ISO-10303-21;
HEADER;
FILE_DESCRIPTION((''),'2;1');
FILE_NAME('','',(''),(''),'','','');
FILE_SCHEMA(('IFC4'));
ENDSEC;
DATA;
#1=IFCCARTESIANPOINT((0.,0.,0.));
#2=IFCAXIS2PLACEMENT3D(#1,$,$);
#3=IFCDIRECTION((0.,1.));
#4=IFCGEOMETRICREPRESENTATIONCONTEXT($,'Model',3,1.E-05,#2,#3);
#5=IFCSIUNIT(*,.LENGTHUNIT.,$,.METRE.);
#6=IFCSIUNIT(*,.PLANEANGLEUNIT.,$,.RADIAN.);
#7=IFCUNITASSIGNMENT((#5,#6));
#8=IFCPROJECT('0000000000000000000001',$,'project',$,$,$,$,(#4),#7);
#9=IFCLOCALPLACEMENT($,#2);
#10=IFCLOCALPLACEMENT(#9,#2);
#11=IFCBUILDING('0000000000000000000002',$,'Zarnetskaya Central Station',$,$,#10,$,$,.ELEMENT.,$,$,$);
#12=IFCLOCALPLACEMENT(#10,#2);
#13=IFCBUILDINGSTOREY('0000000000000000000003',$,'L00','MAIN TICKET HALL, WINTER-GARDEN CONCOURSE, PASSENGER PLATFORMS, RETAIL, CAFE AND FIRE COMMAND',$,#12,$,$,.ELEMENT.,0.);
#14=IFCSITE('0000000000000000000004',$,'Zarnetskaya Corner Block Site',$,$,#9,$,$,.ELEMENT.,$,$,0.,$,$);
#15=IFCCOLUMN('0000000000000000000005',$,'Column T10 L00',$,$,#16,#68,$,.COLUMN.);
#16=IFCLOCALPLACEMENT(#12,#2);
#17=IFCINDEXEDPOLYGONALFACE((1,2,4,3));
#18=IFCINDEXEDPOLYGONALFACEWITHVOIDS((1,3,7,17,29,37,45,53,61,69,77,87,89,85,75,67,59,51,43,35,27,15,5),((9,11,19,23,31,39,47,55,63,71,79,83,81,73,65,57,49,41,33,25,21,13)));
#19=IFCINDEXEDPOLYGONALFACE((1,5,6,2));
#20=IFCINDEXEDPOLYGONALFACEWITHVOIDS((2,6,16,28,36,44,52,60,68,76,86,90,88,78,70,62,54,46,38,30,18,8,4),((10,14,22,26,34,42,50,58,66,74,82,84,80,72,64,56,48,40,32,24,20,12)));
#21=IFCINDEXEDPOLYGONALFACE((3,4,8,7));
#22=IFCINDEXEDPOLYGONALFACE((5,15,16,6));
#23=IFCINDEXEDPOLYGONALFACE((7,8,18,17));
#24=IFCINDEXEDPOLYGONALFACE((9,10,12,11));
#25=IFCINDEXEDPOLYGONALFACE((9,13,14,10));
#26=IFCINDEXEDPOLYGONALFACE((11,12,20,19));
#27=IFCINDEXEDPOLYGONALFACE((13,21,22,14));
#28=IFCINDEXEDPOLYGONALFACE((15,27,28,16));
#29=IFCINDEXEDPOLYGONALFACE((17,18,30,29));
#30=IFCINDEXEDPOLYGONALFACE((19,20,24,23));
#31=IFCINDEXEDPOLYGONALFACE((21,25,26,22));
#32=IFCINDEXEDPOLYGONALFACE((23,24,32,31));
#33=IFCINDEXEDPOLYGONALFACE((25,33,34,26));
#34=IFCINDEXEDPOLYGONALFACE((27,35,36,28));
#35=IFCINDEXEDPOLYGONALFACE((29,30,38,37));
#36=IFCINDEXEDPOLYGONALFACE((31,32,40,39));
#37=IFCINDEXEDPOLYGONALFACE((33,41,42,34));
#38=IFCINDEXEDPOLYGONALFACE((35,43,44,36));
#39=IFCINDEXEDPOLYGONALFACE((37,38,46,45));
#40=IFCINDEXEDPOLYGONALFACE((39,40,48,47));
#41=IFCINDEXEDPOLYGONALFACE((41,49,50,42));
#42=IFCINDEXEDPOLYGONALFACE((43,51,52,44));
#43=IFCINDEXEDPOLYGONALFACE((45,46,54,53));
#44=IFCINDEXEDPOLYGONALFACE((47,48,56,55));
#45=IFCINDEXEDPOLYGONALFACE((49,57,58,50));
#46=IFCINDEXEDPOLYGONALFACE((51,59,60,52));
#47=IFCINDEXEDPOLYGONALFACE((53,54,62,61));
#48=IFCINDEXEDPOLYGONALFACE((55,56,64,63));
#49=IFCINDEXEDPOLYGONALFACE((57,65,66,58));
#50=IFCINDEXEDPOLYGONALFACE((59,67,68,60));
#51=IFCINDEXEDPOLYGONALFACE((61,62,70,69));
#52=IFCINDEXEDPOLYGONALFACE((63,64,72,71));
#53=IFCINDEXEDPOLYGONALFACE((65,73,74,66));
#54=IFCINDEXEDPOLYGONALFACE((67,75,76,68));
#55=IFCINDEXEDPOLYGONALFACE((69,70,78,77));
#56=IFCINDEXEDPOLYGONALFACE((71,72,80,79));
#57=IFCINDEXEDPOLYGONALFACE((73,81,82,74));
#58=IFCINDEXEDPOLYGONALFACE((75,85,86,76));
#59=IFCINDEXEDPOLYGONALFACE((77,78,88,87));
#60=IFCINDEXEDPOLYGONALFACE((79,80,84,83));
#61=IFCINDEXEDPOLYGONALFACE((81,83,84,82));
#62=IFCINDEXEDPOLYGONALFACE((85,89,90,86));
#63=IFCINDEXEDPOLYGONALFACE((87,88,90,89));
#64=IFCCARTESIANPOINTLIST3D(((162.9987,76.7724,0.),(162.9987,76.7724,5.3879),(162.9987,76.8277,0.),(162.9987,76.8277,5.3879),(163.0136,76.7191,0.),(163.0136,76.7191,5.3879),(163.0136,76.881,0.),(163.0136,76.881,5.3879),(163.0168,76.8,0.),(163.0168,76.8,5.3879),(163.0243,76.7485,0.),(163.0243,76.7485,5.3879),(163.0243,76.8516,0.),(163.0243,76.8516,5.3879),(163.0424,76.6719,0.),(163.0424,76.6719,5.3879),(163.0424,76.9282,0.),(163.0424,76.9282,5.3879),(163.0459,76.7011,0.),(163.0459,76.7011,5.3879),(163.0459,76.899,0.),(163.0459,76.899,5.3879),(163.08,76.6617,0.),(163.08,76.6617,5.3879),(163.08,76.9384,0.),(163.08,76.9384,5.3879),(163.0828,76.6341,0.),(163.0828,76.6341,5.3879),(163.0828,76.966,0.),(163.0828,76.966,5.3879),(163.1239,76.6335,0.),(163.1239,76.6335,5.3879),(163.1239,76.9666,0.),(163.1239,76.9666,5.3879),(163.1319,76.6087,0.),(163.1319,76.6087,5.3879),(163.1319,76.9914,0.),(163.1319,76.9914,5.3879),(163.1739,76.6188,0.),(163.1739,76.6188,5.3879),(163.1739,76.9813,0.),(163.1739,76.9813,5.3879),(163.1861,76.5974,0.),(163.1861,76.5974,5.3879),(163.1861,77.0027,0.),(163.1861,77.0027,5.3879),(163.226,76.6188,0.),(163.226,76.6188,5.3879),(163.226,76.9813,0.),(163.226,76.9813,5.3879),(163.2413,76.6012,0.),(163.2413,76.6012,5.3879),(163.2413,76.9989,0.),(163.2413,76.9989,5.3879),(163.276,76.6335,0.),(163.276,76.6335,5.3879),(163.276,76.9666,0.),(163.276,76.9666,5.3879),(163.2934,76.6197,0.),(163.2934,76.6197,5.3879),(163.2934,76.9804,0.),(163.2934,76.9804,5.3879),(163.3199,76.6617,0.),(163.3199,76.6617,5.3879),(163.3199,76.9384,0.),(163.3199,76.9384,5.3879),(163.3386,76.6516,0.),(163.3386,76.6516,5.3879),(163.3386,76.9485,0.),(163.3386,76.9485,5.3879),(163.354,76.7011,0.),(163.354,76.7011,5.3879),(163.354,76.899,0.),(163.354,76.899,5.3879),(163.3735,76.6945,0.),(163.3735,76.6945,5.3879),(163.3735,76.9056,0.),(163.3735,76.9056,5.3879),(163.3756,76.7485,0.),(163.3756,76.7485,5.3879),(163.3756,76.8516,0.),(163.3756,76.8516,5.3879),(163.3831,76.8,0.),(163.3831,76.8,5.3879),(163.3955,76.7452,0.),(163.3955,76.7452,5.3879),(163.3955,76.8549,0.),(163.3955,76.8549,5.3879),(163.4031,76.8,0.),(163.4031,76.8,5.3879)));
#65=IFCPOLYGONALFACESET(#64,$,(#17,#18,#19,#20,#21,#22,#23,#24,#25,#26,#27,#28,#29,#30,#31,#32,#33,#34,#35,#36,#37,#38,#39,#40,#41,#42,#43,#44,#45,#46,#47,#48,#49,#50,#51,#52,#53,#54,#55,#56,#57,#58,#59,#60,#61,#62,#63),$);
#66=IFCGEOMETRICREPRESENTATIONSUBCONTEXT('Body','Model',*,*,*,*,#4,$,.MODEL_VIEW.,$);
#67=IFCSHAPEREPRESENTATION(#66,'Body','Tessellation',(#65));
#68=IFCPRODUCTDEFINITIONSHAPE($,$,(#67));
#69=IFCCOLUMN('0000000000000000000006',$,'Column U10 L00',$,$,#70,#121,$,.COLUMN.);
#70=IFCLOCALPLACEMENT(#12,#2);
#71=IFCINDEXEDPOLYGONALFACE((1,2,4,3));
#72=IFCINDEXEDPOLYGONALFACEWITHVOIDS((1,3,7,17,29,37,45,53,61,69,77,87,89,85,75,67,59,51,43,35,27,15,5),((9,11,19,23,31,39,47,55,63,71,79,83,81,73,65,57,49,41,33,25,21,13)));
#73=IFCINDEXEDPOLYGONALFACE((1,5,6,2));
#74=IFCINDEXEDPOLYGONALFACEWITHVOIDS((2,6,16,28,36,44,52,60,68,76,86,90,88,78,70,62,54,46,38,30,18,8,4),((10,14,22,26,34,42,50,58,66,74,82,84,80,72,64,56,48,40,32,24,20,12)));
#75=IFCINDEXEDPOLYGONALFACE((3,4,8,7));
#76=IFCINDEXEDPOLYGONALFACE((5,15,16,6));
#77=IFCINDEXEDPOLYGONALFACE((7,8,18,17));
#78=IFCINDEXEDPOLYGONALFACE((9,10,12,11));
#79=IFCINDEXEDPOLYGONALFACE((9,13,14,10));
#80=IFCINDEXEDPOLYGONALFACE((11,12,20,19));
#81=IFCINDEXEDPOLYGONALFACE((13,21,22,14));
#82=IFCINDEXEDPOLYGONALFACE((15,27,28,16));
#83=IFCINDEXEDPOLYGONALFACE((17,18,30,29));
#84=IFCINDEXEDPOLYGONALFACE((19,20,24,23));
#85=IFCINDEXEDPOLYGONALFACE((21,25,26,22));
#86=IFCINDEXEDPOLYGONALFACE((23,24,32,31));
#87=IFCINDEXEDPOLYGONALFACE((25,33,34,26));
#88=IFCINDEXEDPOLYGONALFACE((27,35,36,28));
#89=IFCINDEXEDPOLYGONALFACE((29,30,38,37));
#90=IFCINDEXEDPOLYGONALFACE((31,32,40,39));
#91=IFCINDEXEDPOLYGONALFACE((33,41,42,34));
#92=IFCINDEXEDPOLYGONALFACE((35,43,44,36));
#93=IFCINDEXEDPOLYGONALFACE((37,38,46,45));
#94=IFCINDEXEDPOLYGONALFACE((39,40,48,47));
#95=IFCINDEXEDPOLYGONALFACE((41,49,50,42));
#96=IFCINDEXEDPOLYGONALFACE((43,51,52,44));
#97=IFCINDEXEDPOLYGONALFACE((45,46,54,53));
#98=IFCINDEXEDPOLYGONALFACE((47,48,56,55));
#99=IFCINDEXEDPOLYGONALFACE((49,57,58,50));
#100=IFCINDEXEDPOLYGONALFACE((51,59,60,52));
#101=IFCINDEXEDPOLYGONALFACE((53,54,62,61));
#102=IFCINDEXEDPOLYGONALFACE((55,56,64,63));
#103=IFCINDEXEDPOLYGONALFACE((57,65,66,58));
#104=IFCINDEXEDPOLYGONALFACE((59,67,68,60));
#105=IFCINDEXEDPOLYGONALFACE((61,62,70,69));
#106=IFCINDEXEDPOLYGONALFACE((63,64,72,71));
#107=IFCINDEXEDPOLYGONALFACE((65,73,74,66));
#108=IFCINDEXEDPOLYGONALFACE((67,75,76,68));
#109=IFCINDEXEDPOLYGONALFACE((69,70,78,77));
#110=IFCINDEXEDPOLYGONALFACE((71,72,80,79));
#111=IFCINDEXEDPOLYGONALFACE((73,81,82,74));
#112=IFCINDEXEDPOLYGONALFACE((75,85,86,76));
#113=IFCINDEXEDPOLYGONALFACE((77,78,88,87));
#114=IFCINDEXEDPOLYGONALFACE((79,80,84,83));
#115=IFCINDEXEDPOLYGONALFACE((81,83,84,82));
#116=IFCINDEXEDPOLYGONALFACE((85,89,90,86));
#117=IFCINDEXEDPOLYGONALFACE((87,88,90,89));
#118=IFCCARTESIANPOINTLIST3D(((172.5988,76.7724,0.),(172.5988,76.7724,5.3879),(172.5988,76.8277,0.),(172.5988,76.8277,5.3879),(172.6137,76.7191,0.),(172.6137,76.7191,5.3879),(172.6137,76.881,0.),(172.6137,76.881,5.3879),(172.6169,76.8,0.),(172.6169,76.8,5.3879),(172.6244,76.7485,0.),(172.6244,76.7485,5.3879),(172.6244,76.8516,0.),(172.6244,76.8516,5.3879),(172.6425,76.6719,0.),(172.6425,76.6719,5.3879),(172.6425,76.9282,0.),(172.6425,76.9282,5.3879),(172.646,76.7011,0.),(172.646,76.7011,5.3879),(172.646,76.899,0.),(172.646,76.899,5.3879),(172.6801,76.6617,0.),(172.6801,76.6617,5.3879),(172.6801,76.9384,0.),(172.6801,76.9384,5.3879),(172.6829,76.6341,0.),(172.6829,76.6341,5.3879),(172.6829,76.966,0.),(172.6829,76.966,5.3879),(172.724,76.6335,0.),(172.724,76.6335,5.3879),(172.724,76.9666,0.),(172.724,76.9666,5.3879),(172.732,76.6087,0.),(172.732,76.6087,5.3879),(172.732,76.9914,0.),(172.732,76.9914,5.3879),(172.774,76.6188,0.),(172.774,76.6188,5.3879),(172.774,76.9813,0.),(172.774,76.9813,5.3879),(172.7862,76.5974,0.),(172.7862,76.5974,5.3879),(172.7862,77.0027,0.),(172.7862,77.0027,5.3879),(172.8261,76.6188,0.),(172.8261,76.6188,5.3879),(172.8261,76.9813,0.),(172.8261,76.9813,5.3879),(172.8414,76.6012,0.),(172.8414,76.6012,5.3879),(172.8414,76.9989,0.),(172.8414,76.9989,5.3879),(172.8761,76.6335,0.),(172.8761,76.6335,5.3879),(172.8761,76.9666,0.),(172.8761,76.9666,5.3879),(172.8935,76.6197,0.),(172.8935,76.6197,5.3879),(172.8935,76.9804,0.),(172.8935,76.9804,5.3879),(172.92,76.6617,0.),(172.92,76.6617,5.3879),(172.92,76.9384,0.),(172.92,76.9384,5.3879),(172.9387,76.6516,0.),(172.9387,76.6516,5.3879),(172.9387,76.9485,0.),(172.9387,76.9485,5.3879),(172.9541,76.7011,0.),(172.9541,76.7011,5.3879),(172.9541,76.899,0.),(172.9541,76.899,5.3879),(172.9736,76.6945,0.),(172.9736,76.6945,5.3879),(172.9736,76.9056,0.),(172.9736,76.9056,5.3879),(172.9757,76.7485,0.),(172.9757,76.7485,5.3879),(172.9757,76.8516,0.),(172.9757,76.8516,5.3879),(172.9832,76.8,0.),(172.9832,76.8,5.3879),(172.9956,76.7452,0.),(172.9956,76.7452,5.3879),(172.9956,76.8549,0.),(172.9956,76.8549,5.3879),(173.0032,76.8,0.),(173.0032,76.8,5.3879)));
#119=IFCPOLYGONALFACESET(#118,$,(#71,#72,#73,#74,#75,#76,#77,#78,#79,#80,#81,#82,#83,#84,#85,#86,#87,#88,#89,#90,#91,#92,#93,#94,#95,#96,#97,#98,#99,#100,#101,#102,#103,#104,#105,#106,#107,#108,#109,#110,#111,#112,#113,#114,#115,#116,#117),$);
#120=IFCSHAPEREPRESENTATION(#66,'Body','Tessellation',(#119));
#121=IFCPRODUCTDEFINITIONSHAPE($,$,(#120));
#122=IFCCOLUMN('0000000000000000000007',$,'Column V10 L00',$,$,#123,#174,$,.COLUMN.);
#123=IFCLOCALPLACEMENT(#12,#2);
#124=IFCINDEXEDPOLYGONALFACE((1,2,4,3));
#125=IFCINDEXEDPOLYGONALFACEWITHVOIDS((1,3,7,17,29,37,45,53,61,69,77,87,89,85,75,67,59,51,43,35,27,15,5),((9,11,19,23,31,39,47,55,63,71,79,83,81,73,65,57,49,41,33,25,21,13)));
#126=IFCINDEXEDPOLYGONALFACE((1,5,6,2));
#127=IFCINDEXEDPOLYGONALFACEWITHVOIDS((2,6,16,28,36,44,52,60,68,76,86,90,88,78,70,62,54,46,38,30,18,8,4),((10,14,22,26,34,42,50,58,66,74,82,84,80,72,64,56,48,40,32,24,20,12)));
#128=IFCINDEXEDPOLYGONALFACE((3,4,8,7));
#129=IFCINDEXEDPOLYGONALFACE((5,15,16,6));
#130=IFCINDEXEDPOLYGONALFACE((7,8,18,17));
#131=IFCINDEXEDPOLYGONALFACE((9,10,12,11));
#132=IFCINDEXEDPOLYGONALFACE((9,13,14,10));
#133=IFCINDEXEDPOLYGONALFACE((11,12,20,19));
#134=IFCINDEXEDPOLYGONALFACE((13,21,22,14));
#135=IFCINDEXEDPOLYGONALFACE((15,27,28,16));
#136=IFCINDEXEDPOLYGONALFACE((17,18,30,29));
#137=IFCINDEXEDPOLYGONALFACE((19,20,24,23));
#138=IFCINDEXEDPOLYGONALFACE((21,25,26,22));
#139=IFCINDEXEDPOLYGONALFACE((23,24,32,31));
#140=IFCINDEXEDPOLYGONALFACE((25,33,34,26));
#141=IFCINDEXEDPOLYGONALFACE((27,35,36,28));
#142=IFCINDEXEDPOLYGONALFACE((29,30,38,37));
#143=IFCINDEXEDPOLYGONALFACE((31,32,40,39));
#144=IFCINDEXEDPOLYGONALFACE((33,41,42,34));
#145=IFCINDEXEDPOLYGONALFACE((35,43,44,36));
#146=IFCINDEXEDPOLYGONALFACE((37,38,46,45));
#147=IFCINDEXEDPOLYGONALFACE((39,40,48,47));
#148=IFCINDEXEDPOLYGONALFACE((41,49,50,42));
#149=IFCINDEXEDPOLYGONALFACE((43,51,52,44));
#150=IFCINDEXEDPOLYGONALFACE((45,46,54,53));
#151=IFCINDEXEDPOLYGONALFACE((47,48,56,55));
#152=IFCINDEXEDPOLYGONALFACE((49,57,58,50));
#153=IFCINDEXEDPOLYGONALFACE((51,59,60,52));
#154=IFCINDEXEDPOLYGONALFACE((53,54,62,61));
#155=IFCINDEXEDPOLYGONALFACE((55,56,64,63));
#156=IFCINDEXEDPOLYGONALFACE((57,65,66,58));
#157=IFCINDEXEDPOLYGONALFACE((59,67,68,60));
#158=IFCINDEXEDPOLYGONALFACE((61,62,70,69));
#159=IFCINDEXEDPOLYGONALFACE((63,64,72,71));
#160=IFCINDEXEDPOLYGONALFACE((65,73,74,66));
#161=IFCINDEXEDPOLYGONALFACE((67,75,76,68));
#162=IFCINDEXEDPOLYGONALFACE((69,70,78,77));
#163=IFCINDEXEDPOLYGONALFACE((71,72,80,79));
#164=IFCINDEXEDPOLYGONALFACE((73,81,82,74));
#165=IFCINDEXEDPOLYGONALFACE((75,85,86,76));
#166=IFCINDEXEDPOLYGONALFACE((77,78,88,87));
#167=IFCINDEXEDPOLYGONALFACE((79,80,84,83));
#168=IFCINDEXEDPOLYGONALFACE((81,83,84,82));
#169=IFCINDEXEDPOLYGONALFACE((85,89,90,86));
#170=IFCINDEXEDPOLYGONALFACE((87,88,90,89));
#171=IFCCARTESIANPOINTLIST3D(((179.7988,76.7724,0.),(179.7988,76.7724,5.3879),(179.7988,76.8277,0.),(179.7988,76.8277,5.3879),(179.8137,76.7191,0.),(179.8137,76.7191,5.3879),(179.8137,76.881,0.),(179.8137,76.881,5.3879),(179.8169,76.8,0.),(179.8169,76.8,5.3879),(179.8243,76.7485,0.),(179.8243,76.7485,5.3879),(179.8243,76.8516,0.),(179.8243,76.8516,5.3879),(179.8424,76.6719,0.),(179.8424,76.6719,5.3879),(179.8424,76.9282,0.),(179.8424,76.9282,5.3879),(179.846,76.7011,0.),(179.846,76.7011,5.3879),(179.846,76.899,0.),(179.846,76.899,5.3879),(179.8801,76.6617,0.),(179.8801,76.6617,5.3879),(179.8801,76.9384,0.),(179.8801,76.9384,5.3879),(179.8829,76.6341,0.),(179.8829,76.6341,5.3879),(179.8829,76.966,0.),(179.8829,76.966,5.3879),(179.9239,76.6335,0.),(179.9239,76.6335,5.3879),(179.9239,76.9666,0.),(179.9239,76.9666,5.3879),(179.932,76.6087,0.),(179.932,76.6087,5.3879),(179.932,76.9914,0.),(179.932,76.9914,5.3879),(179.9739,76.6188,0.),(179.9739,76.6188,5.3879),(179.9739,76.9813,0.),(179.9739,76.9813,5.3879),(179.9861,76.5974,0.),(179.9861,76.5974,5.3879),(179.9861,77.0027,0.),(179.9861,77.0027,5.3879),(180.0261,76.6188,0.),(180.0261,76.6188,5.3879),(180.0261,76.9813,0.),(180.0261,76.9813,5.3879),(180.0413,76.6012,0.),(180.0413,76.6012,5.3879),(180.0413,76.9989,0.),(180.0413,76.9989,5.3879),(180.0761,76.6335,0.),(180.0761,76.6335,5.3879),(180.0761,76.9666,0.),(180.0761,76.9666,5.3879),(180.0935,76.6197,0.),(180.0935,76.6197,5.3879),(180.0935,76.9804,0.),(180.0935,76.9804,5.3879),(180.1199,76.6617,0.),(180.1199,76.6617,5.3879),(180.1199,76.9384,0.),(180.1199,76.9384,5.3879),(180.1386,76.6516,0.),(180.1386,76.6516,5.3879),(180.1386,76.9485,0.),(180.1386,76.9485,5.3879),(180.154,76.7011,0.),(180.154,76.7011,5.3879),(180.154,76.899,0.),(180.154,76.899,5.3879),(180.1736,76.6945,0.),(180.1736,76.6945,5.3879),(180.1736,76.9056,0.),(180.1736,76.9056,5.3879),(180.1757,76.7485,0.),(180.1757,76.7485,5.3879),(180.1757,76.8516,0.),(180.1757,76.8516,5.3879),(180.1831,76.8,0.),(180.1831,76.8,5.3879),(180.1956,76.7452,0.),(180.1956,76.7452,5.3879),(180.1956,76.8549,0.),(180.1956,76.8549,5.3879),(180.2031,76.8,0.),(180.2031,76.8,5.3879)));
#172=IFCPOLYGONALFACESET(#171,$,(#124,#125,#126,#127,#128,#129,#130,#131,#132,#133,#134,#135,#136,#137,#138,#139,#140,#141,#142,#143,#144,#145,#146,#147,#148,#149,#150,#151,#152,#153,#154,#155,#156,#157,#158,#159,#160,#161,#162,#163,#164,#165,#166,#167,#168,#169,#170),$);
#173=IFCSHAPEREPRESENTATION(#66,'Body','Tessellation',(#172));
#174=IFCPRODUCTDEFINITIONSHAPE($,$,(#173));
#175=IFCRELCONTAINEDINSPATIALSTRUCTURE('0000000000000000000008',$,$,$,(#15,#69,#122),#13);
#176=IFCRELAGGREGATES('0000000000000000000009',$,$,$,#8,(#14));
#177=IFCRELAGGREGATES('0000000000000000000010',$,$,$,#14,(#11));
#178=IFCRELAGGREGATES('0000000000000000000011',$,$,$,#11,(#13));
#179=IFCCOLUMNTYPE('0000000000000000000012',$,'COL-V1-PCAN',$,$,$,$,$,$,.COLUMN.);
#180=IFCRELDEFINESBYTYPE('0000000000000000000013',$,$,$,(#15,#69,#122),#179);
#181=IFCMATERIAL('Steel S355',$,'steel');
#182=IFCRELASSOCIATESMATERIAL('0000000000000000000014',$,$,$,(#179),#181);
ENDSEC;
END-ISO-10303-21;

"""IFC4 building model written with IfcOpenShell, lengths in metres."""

from ifc_helpers import new_model, si_unit, direction, frame, origin, origin_2d, place, context, subcontext, project, spatial, hollow_circle, extrude, material, material_profile, profile_set, type_object, element, save


model = new_model("IFC4")

# Units and contexts
model_context = context("Model", 3, precision=1e-05, world=origin(), true_north=direction((0.0, 1.0)))
body_context = subcontext(model_context, "Body", "Model", "MODEL_VIEW")
ifc_project = project(units=[si_unit("LENGTHUNIT", "METRE"), si_unit("PLANEANGLEUNIT", "RADIAN")], contexts=[model_context])

# Site, building, storey
site_placement = place(None, origin())
site = spatial("IfcSite", under=ifc_project, at=site_placement, Name="Zarnetskaya Corner Block Site", CompositionType="ELEMENT", RefElevation=0.0)
building_placement = place(site_placement, origin())
building = spatial("IfcBuilding", under=site, at=building_placement, Name="Zarnetskaya Central Station", CompositionType="ELEMENT")
storey_placement = place(building_placement, origin())
storey = spatial("IfcBuildingStorey", under=building, at=storey_placement, Name="L00", Description="MAIN TICKET HALL, WINTER-GARDEN CONCOURSE, PASSENGER PLATFORMS, RETAIL, CAFE AND FIRE COMMAND", CompositionType="ELEMENT", Elevation=0.0)

# Columns
ifc_material = material(Name="Steel S355", Category="steel")
ifc_material_profile_1 = material_profile(ifc_material, hollow_circle(Radius=0.2031, WallThickness=0.02, at=origin_2d()), Name="CHS 406.4x20")
ifc_profile_set_1 = profile_set([ifc_material_profile_1], Name="Steel S355")
column_type = type_object("IfcColumnType", Name="COL-V1-PCAN", PredefinedType="COLUMN", material=ifc_profile_set_1)
for number, where, z_axis, x_axis, name in (
    (1, (163.2, 76.8, 0.0), (0.0, 0.0, 1.0), (1.0, 0.0, 0.0), "Column T10 L00"),
    (2, (172.8, 76.8, 0.0), (0.0, 0.0, 1.0), (1.0, 0.0, 0.0), "Column U10 L00"),
    (3, (180.0, 76.8, 0.0), (0.0, 0.0, 1.0), (1.0, 0.0, 0.0), "Column V10 L00"),
):
    element("IfcColumn", number, at=place(storey_placement, frame(where, z_axis=z_axis, x_axis=x_axis)), inside=storey, type_object=column_type, Name=name, PredefinedType="COLUMN", context=body_context, shape_type="SweptSolid", body=[
        extrude(hollow_circle(Radius=0.2031, WallThickness=0.02, at=origin_2d()), origin(), (0.0, 0.0, 1.0), 5.3879),
    ])

save(model, "model.ifc")
